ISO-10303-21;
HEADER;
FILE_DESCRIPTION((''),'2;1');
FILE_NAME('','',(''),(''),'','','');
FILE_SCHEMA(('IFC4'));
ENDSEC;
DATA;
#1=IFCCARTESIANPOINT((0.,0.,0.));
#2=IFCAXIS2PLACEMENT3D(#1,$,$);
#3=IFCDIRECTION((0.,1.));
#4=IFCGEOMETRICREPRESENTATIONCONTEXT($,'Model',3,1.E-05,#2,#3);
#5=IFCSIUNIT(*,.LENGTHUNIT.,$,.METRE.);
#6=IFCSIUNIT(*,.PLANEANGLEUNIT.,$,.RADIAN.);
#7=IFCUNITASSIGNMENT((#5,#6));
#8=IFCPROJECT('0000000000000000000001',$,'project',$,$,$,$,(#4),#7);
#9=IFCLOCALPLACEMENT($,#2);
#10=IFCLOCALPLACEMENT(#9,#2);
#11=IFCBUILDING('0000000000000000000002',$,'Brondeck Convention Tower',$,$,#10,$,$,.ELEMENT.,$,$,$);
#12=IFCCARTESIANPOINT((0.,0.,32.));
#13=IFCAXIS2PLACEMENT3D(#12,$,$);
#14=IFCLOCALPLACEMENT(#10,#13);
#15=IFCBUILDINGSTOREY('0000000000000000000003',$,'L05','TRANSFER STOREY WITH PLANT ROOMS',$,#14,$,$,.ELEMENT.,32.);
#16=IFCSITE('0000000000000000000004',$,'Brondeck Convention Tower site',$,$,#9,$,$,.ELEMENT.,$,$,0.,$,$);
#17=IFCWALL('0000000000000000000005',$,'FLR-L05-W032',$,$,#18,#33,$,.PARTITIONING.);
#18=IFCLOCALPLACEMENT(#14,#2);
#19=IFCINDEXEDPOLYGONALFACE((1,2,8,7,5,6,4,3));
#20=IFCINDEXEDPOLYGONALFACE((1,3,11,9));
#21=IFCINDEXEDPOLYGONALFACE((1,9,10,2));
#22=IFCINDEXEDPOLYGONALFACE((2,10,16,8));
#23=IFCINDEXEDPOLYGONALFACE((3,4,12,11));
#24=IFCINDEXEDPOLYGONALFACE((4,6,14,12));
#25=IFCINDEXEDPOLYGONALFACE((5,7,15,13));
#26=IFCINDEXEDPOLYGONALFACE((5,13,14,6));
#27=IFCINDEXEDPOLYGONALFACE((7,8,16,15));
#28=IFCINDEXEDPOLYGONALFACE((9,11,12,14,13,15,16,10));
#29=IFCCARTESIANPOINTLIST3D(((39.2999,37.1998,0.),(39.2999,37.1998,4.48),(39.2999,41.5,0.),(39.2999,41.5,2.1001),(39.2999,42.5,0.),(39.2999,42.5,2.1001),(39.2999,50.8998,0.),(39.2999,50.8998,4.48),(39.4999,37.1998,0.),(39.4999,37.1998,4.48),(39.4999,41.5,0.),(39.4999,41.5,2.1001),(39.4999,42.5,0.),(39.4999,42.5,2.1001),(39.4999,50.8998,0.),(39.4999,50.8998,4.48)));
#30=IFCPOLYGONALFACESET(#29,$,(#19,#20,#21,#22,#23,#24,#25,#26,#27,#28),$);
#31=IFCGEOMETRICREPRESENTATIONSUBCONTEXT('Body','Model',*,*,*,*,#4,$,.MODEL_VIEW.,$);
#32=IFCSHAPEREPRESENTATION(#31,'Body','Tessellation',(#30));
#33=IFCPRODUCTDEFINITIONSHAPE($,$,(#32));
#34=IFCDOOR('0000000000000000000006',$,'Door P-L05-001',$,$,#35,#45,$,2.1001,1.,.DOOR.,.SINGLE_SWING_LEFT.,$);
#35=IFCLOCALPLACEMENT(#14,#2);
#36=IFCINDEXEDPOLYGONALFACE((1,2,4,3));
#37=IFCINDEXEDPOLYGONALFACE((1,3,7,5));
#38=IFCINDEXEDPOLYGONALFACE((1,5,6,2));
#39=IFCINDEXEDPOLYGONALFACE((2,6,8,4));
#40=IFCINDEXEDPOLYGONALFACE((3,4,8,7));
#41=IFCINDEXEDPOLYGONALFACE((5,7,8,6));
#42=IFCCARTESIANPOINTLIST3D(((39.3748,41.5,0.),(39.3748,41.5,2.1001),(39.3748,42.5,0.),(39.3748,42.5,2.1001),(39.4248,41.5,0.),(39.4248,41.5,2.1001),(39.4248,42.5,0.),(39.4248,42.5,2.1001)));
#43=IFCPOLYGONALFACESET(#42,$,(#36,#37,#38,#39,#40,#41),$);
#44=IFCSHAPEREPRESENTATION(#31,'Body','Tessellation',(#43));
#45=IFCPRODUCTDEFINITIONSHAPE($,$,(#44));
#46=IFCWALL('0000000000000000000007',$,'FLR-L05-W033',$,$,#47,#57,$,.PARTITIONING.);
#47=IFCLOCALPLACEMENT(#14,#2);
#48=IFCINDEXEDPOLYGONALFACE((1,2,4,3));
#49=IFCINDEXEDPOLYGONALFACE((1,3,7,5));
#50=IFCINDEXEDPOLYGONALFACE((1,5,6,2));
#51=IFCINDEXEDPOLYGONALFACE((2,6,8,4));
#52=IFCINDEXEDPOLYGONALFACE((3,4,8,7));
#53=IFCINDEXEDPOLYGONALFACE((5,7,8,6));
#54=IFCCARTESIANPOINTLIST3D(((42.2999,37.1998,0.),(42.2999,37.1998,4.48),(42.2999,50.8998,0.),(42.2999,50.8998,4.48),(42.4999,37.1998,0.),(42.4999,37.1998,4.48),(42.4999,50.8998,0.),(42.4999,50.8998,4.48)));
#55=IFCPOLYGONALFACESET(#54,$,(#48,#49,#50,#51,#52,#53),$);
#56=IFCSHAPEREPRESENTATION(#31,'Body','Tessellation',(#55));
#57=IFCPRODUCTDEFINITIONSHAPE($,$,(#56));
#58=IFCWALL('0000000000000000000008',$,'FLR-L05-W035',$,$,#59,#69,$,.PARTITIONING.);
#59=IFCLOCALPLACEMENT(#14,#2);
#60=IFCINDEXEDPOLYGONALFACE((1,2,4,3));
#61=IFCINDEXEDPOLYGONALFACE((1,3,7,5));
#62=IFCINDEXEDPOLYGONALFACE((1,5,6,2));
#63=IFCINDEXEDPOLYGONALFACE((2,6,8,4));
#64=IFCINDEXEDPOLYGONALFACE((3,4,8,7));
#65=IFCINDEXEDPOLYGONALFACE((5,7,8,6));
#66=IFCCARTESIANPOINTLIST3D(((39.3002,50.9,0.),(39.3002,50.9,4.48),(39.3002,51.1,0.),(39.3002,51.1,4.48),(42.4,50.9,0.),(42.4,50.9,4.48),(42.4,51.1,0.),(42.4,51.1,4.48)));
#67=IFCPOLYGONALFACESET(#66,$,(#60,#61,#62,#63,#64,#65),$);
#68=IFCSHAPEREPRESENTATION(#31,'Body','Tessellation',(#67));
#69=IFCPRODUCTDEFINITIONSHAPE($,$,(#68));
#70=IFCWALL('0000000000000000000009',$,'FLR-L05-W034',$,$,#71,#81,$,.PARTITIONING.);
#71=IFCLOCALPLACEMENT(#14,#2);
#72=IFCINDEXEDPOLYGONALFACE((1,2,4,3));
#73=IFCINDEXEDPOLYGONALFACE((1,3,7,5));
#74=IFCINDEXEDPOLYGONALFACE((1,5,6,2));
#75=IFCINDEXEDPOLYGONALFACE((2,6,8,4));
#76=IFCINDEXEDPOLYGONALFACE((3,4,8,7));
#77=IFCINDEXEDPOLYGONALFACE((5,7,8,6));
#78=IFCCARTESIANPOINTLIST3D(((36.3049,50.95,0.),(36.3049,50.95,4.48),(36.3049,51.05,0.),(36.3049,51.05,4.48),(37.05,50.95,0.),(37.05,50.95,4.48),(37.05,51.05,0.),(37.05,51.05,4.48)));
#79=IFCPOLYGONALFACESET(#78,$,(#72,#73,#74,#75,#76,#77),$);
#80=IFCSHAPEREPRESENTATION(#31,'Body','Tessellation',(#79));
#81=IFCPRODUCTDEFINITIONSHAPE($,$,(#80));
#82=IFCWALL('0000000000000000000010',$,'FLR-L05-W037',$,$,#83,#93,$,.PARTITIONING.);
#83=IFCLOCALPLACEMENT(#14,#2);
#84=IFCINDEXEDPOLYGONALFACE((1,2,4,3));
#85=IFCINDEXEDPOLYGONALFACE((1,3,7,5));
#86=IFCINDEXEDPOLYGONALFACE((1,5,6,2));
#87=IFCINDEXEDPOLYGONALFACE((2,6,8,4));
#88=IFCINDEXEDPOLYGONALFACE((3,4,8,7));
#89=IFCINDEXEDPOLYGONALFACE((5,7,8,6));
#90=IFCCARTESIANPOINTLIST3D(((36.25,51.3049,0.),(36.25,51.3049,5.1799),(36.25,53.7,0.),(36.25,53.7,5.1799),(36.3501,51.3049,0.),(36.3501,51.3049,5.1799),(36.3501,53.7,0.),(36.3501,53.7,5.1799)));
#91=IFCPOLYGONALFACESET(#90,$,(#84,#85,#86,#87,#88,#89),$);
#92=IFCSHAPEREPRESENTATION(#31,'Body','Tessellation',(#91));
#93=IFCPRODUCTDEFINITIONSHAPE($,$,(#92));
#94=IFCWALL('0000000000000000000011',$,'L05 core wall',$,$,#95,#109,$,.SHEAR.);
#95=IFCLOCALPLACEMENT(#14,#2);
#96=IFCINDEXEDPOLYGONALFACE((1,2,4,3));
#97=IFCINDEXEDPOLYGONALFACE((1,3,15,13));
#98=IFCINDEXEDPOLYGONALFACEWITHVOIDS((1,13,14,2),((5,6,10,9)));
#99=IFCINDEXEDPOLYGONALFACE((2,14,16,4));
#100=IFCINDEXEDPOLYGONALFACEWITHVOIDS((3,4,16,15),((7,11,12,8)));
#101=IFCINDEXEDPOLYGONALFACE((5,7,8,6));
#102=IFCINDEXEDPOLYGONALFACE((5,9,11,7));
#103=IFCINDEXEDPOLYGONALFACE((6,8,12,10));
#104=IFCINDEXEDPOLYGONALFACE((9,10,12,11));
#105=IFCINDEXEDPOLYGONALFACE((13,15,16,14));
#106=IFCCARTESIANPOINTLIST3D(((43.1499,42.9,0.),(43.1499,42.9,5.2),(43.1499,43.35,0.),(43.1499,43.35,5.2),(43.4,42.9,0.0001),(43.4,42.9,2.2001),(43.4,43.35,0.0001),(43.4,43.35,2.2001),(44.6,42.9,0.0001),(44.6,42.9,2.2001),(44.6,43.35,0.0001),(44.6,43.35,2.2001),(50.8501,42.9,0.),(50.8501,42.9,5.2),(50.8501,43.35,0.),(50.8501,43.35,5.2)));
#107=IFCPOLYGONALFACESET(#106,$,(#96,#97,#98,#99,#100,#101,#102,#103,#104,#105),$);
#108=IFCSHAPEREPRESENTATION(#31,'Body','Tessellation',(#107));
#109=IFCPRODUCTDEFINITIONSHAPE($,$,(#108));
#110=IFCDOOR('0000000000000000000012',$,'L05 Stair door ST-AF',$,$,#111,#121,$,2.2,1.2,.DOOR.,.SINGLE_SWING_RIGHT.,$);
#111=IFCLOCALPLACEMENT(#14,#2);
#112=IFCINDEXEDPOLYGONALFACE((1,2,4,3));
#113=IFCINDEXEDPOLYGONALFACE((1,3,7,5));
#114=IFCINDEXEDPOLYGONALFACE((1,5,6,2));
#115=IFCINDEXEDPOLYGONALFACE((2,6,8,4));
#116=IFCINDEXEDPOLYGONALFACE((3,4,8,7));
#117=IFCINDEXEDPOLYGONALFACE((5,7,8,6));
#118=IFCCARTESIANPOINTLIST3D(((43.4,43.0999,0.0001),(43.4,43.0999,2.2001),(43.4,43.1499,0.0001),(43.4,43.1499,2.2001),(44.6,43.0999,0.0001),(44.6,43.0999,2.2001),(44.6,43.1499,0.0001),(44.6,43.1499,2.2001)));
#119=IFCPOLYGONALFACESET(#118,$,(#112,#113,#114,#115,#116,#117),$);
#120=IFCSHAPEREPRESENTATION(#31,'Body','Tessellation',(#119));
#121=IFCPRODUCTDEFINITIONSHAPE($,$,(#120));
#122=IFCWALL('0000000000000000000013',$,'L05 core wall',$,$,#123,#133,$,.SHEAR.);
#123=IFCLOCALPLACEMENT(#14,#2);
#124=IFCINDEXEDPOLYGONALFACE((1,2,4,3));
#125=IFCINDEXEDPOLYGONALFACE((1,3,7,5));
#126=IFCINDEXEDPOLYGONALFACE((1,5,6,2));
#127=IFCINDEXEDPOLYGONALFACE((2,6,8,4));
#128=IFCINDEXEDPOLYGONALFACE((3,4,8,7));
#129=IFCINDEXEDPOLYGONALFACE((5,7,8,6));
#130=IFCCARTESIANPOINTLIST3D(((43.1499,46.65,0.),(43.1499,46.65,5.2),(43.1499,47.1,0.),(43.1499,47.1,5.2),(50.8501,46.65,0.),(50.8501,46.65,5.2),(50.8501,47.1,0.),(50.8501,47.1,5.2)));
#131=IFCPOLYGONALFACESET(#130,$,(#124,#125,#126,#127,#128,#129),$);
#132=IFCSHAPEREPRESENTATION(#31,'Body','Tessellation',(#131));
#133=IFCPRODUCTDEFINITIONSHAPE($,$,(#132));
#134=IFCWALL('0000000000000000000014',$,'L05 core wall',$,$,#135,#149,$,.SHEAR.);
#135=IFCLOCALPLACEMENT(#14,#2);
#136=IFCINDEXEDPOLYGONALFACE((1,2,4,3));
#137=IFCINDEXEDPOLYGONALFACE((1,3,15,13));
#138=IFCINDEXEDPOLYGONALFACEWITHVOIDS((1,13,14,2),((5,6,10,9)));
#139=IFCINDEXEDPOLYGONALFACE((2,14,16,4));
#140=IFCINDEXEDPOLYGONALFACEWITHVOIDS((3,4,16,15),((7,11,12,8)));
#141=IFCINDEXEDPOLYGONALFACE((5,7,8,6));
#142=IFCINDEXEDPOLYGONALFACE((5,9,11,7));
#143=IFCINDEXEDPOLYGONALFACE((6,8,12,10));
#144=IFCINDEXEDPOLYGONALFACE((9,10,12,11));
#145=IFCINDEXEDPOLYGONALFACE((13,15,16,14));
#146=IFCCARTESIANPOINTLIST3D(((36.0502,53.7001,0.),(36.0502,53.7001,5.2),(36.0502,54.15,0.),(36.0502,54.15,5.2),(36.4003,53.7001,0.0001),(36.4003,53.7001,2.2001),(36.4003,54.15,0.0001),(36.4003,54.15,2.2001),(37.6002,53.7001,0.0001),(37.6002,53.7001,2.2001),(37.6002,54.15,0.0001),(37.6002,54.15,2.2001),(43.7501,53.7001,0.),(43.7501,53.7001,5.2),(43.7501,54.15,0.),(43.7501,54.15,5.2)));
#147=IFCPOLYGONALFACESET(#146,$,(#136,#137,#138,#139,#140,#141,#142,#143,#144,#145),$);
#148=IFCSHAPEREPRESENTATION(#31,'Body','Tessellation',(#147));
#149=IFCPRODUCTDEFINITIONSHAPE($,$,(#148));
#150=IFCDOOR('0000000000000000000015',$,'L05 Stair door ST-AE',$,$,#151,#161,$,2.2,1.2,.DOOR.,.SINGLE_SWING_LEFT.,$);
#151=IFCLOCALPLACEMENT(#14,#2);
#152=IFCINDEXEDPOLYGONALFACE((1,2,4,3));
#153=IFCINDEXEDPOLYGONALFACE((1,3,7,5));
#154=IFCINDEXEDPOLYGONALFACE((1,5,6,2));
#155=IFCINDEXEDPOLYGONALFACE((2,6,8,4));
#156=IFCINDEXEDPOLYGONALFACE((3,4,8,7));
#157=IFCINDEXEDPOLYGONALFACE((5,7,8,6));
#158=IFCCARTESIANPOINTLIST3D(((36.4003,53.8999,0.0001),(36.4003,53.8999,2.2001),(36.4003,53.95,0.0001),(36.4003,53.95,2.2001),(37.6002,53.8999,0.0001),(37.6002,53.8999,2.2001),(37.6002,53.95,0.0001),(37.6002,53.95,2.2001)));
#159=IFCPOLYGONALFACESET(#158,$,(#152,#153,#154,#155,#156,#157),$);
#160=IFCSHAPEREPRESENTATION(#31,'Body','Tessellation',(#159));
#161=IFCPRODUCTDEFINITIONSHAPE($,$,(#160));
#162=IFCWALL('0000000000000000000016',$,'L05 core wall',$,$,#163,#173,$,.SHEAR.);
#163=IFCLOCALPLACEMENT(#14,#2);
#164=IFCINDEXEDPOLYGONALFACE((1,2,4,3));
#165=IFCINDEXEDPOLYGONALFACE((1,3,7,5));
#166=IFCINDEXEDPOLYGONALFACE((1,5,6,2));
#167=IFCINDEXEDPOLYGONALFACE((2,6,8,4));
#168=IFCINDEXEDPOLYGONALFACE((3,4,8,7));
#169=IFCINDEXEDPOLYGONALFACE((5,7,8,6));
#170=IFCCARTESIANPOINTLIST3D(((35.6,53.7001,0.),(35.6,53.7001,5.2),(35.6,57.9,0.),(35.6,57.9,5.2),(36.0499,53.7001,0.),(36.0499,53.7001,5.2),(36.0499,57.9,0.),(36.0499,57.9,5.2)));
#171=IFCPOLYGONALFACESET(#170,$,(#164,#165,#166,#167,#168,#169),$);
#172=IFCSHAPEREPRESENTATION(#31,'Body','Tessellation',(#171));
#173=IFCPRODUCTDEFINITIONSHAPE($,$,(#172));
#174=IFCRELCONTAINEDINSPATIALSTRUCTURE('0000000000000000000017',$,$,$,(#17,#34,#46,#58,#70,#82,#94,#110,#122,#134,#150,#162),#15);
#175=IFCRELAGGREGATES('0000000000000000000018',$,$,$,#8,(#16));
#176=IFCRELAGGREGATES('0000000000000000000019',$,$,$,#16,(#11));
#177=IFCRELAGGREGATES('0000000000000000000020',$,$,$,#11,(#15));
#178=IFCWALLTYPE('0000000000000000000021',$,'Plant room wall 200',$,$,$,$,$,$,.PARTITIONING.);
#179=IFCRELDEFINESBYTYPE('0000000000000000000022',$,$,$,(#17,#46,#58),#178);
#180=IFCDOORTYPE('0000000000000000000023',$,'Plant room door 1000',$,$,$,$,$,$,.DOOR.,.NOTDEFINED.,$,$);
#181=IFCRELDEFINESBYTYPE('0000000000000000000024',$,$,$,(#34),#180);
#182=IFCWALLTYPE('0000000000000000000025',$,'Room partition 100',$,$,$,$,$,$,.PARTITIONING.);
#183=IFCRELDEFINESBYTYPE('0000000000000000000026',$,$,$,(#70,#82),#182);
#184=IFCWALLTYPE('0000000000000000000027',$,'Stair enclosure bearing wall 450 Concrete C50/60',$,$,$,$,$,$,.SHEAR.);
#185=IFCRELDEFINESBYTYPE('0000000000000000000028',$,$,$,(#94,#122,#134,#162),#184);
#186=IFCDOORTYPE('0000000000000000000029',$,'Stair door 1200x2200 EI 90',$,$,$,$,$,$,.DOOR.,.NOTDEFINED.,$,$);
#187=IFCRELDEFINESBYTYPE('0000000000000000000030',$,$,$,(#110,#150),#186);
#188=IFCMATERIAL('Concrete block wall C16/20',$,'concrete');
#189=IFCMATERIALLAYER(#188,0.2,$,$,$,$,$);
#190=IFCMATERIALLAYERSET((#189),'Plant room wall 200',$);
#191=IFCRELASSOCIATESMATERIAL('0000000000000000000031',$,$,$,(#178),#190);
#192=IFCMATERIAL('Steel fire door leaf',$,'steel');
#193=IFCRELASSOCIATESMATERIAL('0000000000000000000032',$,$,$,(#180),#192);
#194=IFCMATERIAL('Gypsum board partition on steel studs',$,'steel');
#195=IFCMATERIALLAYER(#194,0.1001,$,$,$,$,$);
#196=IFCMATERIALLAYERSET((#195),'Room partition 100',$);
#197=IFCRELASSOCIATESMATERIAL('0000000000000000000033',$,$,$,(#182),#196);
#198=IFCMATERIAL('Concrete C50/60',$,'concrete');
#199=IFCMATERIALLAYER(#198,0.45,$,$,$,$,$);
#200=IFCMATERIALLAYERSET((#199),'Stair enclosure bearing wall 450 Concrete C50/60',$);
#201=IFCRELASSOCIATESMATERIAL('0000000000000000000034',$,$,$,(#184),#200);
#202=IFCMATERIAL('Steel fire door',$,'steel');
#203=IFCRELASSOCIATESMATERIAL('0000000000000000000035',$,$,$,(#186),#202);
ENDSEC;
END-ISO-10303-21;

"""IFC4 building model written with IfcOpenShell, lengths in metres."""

from ifc_helpers import new_model, si_unit, direction, frame, frame_2d, origin, place, context, subcontext, project, spatial, rectangle, extrude, material, layer, layer_set, type_object, element, fill, save


model = new_model("IFC4")

# Units and contexts
model_context = context("Model", 3, precision=1e-05, world=origin(), true_north=direction((0.0, 1.0)))
body_context = subcontext(model_context, "Body", "Model", "MODEL_VIEW")
ifc_project = project(units=[si_unit("LENGTHUNIT", "METRE"), si_unit("PLANEANGLEUNIT", "RADIAN")], contexts=[model_context])

# Site, building, storey
site_placement = place(None, origin())
site = spatial("IfcSite", under=ifc_project, at=site_placement, Name="Brondeck Convention Tower site", CompositionType="ELEMENT", RefElevation=0.0)
building_placement = place(site_placement, origin())
building = spatial("IfcBuilding", under=site, at=building_placement, Name="Brondeck Convention Tower", CompositionType="ELEMENT")
storey_placement = place(building_placement, frame((0.0, 0.0, 32.0)))
storey = spatial("IfcBuildingStorey", under=building, at=storey_placement, Name="L05", Description="TRANSFER STOREY WITH PLANT ROOMS", CompositionType="ELEMENT", Elevation=32.0)

# Wall, opening, door
ifc_material_1 = material(Name="Concrete block wall C16/20", Category="concrete")
ifc_layer_1 = layer(ifc_material_1, 0.2)
ifc_layer_set_1 = layer_set([ifc_layer_1], Name="Plant room wall 200")
wall_type_1 = type_object("IfcWallType", Name="Plant room wall 200", PredefinedType="PARTITIONING", material=ifc_layer_set_1)
wall_1_placement = place(storey_placement, frame((39.3999, 50.8999, 0.0), z_axis=(0.0, 0.0, 1.0), x_axis=(0.0, -1.0, 0.0)))
wall_1 = element("IfcWall", 1, at=wall_1_placement, inside=storey, type_object=wall_type_1, Name="FLR-L05-W032", PredefinedType="PARTITIONING", context=body_context, shape_type="SweptSolid", body=[
    extrude(rectangle(XDim=13.7, YDim=0.2, at=frame_2d((6.8501, 0.0))), origin(), (0.0, 0.0, 1.0), 4.48),
])
opening_1_placement = place(wall_1_placement, frame((8.3999, 0.0, 0.0)))
opening_1 = element("IfcOpeningElement", 2, at=opening_1_placement, cuts=wall_1, PredefinedType="OPENING", context=body_context, shape_type="SweptSolid", body=[
    extrude(rectangle(XDim=1.0, YDim=2.1001, at=frame_2d((0.5, 1.05))), frame((0.0, 0.1099, 0.0), z_axis=(0.0, -1.0, 0.0), x_axis=(1.0, 0.0, 0.0)), (0.0, 0.0, 1.0), 0.22),
])
ifc_material_2 = material(Name="Steel fire door leaf", Category="steel")
door_type_1 = type_object("IfcDoorType", Name="Plant room door 1000", OperationType="NOTDEFINED", PredefinedType="DOOR", material=ifc_material_2)
door_1_placement = place(opening_1_placement, origin())
door_1 = element("IfcDoor", 3, at=door_1_placement, inside=storey, type_object=door_type_1, Name="Door P-L05-001", OperationType="SINGLE_SWING_LEFT", OverallHeight=2.1001, OverallWidth=1.0, PredefinedType="DOOR", context=body_context, shape_type="SweptSolid", body=[
    extrude(rectangle(XDim=1.0, YDim=2.1001, at=frame_2d((0.5, 1.05))), frame((0.0, 0.0249, 0.0), z_axis=(0.0, -1.0, 0.0), x_axis=(1.0, 0.0, 0.0)), (0.0, 0.0, 1.0), 0.05),
])
fill(opening_1, door_1)

# Walls
wall_2_placement = place(storey_placement, frame((42.3999, 50.8999, 0.0), z_axis=(0.0, 0.0, 1.0), x_axis=(0.0, -1.0, 0.0)))
element("IfcWall", 4, at=wall_2_placement, inside=storey, type_object=wall_type_1, Name="FLR-L05-W033", PredefinedType="PARTITIONING", context=body_context, shape_type="SweptSolid", body=[
    extrude(rectangle(XDim=13.7, YDim=0.2, at=frame_2d((6.8501, 0.0))), origin(), (0.0, 0.0, 1.0), 4.48),
])
wall_3_placement = place(storey_placement, frame((42.3999, 51.0, 0.0), z_axis=(0.0, 0.0, 1.0), x_axis=(-1.0, 0.0, 0.0)))
element("IfcWall", 5, at=wall_3_placement, inside=storey, type_object=wall_type_1, Name="FLR-L05-W035", PredefinedType="PARTITIONING", context=body_context, shape_type="SweptSolid", body=[
    extrude(rectangle(XDim=3.0999, YDim=0.2, at=frame_2d((1.5498, 0.0))), origin(), (0.0, 0.0, 1.0), 4.48),
])
ifc_material_3 = material(Name="Gypsum board partition on steel studs", Category="steel")
ifc_layer_2 = layer(ifc_material_3, 0.1001)
ifc_layer_set_2 = layer_set([ifc_layer_2], Name="Room partition 100")
wall_type_2 = type_object("IfcWallType", Name="Room partition 100", PredefinedType="PARTITIONING", material=ifc_layer_set_2)
wall_4_placement = place(storey_placement, frame((37.05, 51.0, 0.0), z_axis=(0.0, 0.0, 1.0), x_axis=(-1.0, 0.0, 0.0)))
element("IfcWall", 6, at=wall_4_placement, inside=storey, type_object=wall_type_2, Name="FLR-L05-W034", PredefinedType="PARTITIONING", context=body_context, shape_type="SweptSolid", body=[
    extrude(rectangle(XDim=0.7451, YDim=0.1001, at=frame_2d((0.3726, 0.0))), origin(), (0.0, 0.0, 1.0), 4.48),
])
wall_5_placement = place(storey_placement, frame((36.3, 51.3049, 0.0), z_axis=(0.0, 0.0, 1.0), x_axis=(0.0, 1.0, 0.0)))
element("IfcWall", 7, at=wall_5_placement, inside=storey, type_object=wall_type_2, Name="FLR-L05-W037", PredefinedType="PARTITIONING", context=body_context, shape_type="SweptSolid", body=[
    extrude(rectangle(XDim=2.395, YDim=0.1001, at=frame_2d((1.1975, 0.0))), origin(), (0.0, 0.0, 1.0), 5.1799),
])

# Wall, opening, door
ifc_material_4 = material(Name="Concrete C50/60", Category="concrete")
ifc_layer_3 = layer(ifc_material_4, 0.45)
ifc_layer_set_3 = layer_set([ifc_layer_3], Name="Stair enclosure bearing wall 450 Concrete C50/60")
wall_type_3 = type_object("IfcWallType", Name="Stair enclosure bearing wall 450 Concrete C50/60", PredefinedType="SHEAR", material=ifc_layer_set_3)
wall_6_placement = place(storey_placement, frame((43.1499, 43.125, 0.0), z_axis=(0.0, 0.0, 1.0), x_axis=(1.0, 0.0, 0.0)))
wall_6 = element("IfcWall", 8, at=wall_6_placement, inside=storey, type_object=wall_type_3, Name="L05 core wall", PredefinedType="SHEAR", context=body_context, shape_type="SweptSolid", body=[
    extrude(rectangle(XDim=7.7002, YDim=0.45, at=frame_2d((3.8501, 0.0))), origin(), (0.0, 0.0, 1.0), 5.2),
])
opening_2_placement = place(wall_6_placement, frame((0.25, 0.0, 0.0)))
opening_2 = element("IfcOpeningElement", 9, at=opening_2_placement, cuts=wall_6, PredefinedType="OPENING", context=body_context, shape_type="SweptSolid", body=[
    extrude(rectangle(XDim=1.2, YDim=2.2, at=frame_2d((0.6001, 1.1001))), frame((0.0, 0.2349, 0.0), z_axis=(0.0, -1.0, 0.0), x_axis=(1.0, 0.0, 0.0)), (0.0, 0.0, 1.0), 0.47),
])
ifc_material_5 = material(Name="Steel fire door", Category="steel")
door_type_2 = type_object("IfcDoorType", Name="Stair door 1200x2200 EI 90", OperationType="NOTDEFINED", PredefinedType="DOOR", material=ifc_material_5)
door_2_placement = place(opening_2_placement, origin())
door_2 = element("IfcDoor", 10, at=door_2_placement, inside=storey, type_object=door_type_2, Name="L05 Stair door ST-AF", OperationType="SINGLE_SWING_RIGHT", OverallHeight=2.2, OverallWidth=1.2, PredefinedType="DOOR", context=body_context, shape_type="SweptSolid", body=[
    extrude(rectangle(XDim=1.2, YDim=2.2, at=frame_2d((0.6001, 1.1001))), frame((0.0, 0.0249, 0.0), z_axis=(0.0, -1.0, 0.0), x_axis=(1.0, 0.0, 0.0)), (0.0, 0.0, 1.0), 0.05),
])
fill(opening_2, door_2)

# Wall
wall_7_placement = place(storey_placement, frame((43.1499, 46.875, 0.0), z_axis=(0.0, 0.0, 1.0), x_axis=(1.0, 0.0, 0.0)))
element("IfcWall", 11, at=wall_7_placement, inside=storey, type_object=wall_type_3, Name="L05 core wall", PredefinedType="SHEAR", context=body_context, shape_type="SweptSolid", body=[
    extrude(rectangle(XDim=7.7002, YDim=0.45, at=frame_2d((3.8501, 0.0))), origin(), (0.0, 0.0, 1.0), 5.2),
])

# Wall, opening, door
wall_8_placement = place(storey_placement, frame((36.05, 53.925, 0.0), z_axis=(0.0, 0.0, 1.0), x_axis=(1.0, 0.0, 0.0)))
wall_8 = element("IfcWall", 12, at=wall_8_placement, inside=storey, type_object=wall_type_3, Name="L05 core wall", PredefinedType="SHEAR", context=body_context, shape_type="SweptSolid", body=[
    extrude(rectangle(XDim=7.7, YDim=0.45, at=frame_2d((3.8501, 0.0))), origin(), (0.0, 0.0, 1.0), 5.2),
])
opening_3_placement = place(wall_8_placement, frame((0.3501, 0.0, 0.0)))
opening_3 = element("IfcOpeningElement", 13, at=opening_3_placement, cuts=wall_8, PredefinedType="OPENING", context=body_context, shape_type="SweptSolid", body=[
    extrude(rectangle(XDim=1.2, YDim=2.2, at=frame_2d((0.6001, 1.1001))), frame((0.0, 0.2349, 0.0), z_axis=(0.0, -1.0, 0.0), x_axis=(1.0, 0.0, 0.0)), (0.0, 0.0, 1.0), 0.47),
])
door_3_placement = place(opening_3_placement, origin())
door_3 = element("IfcDoor", 14, at=door_3_placement, inside=storey, type_object=door_type_2, Name="L05 Stair door ST-AE", OperationType="SINGLE_SWING_LEFT", OverallHeight=2.2, OverallWidth=1.2, PredefinedType="DOOR", context=body_context, shape_type="SweptSolid", body=[
    extrude(rectangle(XDim=1.2, YDim=2.2, at=frame_2d((0.6001, 1.1001))), frame((0.0, 0.0249, 0.0), z_axis=(0.0, -1.0, 0.0), x_axis=(1.0, 0.0, 0.0)), (0.0, 0.0, 1.0), 0.05),
])
fill(opening_3, door_3)

# Wall
wall_9_placement = place(storey_placement, frame((35.825, 53.7, 0.0), z_axis=(0.0, 0.0, 1.0), x_axis=(0.0, 1.0, 0.0)))
element("IfcWall", 15, at=wall_9_placement, inside=storey, type_object=wall_type_3, Name="L05 core wall", PredefinedType="SHEAR", context=body_context, shape_type="SweptSolid", body=[
    extrude(rectangle(XDim=4.2, YDim=0.45, at=frame_2d((2.1001, 0.0))), origin(), (0.0, 0.0, 1.0), 5.2),
])

save(model, "model.ifc")
